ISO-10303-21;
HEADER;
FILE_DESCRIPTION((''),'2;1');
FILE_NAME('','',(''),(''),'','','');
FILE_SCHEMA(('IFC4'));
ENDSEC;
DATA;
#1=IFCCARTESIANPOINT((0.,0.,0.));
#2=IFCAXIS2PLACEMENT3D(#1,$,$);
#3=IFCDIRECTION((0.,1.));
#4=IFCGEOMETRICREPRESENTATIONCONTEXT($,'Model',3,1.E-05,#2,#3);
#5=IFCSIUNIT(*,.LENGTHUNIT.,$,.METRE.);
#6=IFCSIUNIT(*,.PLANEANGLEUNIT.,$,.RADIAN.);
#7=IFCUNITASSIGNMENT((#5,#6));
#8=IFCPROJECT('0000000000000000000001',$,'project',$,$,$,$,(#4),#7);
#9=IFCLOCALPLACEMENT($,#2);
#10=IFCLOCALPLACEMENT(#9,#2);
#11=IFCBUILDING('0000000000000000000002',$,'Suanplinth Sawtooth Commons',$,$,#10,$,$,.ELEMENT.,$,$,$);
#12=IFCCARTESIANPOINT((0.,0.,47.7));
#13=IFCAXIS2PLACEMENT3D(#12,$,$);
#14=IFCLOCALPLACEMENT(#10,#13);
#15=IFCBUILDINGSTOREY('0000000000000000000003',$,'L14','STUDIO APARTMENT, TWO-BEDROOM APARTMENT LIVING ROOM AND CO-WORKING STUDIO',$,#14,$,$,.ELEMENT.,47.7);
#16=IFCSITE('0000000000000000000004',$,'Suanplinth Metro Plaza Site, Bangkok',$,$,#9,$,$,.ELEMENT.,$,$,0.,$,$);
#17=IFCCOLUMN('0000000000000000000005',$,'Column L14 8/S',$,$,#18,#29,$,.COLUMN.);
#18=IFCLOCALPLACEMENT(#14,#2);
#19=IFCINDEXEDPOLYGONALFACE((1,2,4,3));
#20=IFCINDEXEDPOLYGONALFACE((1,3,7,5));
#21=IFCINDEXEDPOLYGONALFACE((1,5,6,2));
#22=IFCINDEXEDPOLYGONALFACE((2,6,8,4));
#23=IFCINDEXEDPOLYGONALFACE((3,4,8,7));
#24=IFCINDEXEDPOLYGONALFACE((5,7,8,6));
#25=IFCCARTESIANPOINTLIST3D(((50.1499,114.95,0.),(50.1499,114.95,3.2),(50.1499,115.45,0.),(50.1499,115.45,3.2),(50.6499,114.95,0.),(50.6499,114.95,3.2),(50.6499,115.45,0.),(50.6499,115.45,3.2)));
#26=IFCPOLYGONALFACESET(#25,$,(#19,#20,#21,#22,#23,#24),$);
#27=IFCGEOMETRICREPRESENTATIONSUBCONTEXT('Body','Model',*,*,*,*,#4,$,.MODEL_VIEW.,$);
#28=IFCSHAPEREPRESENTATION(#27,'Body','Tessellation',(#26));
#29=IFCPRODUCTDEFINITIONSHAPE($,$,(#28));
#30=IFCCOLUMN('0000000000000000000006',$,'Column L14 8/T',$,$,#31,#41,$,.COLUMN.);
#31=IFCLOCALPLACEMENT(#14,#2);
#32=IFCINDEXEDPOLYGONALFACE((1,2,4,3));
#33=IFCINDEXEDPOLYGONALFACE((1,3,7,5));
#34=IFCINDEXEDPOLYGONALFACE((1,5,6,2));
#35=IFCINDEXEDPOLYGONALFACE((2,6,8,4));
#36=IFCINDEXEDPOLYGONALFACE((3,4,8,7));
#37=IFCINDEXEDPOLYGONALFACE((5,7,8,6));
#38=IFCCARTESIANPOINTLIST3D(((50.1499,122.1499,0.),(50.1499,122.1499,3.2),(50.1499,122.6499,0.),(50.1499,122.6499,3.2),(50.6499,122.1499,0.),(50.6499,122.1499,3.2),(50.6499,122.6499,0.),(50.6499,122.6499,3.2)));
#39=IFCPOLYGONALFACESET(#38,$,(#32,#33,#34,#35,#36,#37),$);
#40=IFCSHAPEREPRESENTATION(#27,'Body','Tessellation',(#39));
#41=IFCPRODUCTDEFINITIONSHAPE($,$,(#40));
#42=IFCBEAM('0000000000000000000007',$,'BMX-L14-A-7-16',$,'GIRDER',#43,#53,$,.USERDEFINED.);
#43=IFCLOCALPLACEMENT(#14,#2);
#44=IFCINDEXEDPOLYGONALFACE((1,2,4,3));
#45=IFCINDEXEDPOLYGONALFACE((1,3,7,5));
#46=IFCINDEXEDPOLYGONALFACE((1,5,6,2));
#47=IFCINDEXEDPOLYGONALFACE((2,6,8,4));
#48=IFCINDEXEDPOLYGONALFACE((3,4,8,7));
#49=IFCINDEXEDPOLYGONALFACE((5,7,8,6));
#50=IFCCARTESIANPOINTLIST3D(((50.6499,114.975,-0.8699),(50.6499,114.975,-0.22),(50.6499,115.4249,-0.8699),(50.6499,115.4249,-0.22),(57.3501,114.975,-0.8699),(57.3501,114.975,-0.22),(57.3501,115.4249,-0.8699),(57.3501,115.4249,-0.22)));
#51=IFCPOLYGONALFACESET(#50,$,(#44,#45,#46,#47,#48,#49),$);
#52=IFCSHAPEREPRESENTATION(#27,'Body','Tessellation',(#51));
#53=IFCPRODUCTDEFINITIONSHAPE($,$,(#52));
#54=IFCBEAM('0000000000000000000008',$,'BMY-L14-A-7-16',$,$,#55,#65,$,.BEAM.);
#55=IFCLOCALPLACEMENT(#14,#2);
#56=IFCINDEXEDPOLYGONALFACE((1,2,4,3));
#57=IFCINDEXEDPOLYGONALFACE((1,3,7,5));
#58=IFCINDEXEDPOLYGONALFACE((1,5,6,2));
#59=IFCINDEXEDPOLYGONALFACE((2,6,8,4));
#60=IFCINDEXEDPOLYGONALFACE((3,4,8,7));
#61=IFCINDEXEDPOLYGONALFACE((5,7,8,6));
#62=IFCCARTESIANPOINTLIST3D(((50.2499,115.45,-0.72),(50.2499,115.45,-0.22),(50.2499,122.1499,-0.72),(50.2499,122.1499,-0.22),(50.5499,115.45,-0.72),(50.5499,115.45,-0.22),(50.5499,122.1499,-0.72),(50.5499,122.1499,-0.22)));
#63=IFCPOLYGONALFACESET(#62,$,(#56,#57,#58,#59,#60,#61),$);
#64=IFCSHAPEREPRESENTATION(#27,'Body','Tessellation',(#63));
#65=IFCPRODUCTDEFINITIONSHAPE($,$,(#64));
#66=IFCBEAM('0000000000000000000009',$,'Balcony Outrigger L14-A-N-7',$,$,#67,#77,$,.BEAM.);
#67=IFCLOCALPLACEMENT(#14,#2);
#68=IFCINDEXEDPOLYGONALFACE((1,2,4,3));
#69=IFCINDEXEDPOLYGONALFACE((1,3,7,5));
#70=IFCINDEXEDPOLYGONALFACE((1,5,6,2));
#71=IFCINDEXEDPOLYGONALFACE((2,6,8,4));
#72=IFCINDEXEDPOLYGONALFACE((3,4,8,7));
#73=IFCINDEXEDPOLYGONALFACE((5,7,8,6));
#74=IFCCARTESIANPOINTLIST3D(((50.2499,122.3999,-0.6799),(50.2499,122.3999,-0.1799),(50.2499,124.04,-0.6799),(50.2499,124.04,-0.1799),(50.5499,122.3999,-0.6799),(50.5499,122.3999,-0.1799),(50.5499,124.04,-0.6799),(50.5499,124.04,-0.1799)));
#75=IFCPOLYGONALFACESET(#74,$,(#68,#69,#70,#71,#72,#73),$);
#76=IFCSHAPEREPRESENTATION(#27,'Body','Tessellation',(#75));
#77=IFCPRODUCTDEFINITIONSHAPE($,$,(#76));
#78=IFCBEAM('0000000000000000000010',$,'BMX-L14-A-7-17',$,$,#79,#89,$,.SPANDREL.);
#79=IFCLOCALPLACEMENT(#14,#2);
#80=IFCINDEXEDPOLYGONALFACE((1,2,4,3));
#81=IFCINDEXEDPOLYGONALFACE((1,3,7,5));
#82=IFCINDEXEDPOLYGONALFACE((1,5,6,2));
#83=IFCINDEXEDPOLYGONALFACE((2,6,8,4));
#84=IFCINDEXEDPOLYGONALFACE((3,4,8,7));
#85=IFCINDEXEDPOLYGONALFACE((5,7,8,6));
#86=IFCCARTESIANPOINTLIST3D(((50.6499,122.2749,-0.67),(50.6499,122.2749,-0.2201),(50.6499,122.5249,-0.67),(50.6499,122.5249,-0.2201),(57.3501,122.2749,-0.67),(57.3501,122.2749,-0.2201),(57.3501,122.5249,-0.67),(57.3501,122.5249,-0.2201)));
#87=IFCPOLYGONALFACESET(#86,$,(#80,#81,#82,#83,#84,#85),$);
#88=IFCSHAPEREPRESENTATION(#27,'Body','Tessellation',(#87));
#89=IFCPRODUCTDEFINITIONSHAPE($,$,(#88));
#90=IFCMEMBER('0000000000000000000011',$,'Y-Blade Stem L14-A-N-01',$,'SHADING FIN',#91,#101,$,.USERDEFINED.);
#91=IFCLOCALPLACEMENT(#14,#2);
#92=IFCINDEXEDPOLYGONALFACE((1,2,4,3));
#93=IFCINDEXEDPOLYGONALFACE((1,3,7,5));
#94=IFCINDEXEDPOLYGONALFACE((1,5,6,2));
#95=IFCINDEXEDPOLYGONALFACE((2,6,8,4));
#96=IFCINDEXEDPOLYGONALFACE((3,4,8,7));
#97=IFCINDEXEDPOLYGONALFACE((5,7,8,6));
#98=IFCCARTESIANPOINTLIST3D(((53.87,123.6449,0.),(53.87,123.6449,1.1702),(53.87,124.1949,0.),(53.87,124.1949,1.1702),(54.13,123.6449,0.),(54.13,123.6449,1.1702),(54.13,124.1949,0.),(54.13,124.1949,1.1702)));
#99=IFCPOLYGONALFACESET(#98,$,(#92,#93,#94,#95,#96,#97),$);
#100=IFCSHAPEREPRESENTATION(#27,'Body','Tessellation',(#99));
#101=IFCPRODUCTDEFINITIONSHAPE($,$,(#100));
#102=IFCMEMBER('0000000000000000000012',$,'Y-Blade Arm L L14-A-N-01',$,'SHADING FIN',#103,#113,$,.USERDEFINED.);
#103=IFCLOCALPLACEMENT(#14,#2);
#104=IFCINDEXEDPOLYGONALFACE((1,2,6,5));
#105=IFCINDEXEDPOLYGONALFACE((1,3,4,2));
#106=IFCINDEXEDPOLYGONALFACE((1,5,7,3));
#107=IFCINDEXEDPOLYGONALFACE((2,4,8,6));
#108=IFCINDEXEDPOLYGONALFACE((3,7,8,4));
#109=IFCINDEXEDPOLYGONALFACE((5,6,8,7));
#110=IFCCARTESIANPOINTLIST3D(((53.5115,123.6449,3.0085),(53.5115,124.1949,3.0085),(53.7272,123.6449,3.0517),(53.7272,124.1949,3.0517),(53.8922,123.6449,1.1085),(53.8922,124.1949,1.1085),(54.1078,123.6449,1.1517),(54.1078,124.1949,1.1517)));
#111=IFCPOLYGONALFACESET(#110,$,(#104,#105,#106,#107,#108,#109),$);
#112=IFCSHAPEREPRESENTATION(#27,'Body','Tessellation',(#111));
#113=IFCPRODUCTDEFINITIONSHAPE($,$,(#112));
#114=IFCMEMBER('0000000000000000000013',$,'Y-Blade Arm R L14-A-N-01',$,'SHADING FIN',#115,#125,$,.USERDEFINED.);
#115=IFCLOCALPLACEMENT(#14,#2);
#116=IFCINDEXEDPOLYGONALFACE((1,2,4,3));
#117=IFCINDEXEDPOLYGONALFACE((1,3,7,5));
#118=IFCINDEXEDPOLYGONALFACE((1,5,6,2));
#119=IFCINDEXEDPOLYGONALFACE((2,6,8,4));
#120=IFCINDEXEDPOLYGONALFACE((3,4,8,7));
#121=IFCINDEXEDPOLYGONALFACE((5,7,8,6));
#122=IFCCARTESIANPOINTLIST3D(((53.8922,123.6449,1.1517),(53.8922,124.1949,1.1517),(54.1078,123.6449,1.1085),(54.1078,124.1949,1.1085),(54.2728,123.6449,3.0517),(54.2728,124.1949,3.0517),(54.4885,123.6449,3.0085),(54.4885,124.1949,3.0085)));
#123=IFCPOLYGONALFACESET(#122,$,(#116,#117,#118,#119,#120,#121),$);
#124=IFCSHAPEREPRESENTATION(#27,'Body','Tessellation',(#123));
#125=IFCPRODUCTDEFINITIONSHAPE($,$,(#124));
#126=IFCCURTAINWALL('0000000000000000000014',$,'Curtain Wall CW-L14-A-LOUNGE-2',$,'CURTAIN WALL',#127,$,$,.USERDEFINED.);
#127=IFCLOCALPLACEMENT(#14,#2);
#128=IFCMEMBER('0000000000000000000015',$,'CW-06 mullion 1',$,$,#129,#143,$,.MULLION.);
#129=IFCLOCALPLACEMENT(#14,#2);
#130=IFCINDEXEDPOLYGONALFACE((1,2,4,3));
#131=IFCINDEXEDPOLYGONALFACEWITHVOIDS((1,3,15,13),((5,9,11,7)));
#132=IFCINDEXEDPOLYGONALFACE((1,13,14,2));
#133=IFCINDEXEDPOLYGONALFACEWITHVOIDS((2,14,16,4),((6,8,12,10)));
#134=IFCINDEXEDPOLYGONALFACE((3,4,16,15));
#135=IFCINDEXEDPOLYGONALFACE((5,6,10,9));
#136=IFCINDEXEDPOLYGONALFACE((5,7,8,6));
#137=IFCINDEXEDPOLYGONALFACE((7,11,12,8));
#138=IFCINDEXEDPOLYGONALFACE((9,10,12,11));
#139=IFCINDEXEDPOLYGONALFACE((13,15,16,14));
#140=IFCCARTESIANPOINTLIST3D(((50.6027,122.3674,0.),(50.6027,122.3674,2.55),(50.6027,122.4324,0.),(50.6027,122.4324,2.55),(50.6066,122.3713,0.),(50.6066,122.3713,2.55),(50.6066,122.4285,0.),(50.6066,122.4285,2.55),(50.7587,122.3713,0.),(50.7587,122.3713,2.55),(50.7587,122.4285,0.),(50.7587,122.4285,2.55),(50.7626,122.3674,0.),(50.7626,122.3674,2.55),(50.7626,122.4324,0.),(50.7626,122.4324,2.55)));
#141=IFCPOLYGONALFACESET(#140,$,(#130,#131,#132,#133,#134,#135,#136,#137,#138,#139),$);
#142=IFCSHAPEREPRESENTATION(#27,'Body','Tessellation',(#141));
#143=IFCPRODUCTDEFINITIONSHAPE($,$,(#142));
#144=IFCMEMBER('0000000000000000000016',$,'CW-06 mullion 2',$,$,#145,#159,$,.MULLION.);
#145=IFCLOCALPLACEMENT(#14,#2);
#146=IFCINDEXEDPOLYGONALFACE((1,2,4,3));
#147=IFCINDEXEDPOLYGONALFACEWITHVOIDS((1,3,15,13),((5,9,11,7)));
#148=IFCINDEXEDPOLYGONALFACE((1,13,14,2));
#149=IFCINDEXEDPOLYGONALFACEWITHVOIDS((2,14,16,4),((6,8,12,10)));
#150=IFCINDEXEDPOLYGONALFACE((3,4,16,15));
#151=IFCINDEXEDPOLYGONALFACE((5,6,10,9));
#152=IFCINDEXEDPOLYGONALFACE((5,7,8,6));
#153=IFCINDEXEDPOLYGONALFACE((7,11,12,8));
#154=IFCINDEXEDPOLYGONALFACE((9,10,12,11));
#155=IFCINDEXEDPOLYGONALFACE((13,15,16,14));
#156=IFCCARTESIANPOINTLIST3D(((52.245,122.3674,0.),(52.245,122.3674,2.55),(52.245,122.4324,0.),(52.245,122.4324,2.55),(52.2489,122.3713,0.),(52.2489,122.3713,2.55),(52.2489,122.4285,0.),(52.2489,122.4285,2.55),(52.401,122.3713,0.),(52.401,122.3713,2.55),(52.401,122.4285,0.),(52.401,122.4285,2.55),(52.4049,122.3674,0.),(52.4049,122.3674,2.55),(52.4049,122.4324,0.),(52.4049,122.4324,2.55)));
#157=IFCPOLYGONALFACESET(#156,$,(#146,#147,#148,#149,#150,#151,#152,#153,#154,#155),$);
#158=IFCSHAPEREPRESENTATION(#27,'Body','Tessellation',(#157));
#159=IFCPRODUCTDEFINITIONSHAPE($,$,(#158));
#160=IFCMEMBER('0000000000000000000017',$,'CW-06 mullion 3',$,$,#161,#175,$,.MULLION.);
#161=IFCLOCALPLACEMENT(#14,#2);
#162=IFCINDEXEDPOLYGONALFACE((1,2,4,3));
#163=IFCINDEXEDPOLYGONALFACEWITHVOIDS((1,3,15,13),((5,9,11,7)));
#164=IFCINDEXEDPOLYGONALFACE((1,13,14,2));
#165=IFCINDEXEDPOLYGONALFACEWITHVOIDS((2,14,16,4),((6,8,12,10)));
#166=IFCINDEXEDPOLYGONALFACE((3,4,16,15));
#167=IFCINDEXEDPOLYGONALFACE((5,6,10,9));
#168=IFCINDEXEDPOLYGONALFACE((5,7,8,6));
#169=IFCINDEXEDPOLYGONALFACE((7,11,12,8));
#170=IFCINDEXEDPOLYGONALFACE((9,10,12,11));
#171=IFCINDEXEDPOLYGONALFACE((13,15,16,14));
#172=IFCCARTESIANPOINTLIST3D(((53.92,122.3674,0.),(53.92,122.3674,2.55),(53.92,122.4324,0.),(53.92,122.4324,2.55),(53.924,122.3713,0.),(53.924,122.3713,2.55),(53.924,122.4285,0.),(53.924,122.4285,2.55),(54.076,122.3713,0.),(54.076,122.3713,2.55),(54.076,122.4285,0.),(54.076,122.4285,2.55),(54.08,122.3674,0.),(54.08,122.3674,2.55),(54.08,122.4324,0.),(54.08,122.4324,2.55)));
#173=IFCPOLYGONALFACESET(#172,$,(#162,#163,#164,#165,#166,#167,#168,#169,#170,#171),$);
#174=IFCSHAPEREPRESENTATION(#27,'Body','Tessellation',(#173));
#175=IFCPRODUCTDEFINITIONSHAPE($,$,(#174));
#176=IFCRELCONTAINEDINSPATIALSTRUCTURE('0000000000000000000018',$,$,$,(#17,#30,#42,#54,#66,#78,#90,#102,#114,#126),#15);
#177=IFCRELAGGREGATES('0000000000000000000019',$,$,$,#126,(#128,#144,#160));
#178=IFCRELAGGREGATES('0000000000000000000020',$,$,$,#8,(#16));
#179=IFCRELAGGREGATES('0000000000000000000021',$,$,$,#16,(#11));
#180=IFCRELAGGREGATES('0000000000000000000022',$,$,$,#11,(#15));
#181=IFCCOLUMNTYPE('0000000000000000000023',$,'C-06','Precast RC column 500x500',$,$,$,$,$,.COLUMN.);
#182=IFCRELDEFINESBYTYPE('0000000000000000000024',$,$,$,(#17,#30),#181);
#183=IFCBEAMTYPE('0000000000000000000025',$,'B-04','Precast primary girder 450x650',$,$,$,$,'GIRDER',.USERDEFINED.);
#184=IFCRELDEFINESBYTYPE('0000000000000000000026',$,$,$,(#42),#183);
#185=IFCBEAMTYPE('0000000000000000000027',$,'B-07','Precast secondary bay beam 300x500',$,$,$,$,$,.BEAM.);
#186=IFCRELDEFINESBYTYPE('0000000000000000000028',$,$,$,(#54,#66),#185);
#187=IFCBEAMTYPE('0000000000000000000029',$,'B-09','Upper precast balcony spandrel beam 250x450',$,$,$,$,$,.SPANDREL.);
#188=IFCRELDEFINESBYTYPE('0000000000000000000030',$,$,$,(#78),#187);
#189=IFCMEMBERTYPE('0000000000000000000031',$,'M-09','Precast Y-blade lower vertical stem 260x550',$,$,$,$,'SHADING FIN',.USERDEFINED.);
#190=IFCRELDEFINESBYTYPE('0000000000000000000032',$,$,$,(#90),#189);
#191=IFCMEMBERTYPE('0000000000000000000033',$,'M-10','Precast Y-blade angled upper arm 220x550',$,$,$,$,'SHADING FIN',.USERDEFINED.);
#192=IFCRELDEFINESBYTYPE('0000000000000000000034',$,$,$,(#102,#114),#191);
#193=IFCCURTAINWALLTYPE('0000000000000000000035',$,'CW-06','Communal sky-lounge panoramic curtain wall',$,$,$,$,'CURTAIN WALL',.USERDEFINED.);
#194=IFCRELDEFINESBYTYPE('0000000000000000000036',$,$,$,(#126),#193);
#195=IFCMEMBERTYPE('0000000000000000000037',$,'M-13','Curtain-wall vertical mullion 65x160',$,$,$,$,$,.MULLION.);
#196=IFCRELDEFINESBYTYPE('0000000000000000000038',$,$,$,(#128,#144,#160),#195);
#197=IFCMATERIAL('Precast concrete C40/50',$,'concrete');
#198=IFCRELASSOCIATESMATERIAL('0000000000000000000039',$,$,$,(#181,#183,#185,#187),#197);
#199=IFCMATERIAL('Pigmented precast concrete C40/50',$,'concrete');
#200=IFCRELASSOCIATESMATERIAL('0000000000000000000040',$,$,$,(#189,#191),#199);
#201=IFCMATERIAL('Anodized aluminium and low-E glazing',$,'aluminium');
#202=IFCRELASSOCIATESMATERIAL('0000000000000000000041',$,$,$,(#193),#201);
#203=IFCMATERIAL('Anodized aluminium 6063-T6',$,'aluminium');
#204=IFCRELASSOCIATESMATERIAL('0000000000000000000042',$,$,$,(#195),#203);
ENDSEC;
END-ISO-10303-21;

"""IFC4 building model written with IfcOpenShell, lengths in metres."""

from ifc_helpers import new_model, si_unit, direction, frame, origin, origin_2d, place, context, subcontext, project, spatial, rectangle, hollow_rectangle, extrude, material, material_profile, profile_set, type_object, element, aggregate, save


model = new_model("IFC4")

# Units and contexts
model_context = context("Model", 3, precision=1e-05, world=origin(), true_north=direction((0.0, 1.0)))
body_context = subcontext(model_context, "Body", "Model", "MODEL_VIEW")
ifc_project = project(units=[si_unit("LENGTHUNIT", "METRE"), si_unit("PLANEANGLEUNIT", "RADIAN")], contexts=[model_context])

# Site, building, storey
site_placement = place(None, origin())
site = spatial("IfcSite", under=ifc_project, at=site_placement, Name="Suanplinth Metro Plaza Site, Bangkok", CompositionType="ELEMENT", RefElevation=0.0)
building_placement = place(site_placement, origin())
building = spatial("IfcBuilding", under=site, at=building_placement, Name="Suanplinth Sawtooth Commons", CompositionType="ELEMENT")
storey_placement = place(building_placement, frame((0.0, 0.0, 47.7)))
storey = spatial("IfcBuildingStorey", under=building, at=storey_placement, Name="L14", Description="STUDIO APARTMENT, TWO-BEDROOM APARTMENT LIVING ROOM AND CO-WORKING STUDIO", CompositionType="ELEMENT", Elevation=47.7)

# Columns
ifc_material_1 = material(Name="Precast concrete C40/50", Category="concrete")
ifc_material_profile_1 = material_profile(ifc_material_1, rectangle(XDim=0.5, YDim=0.5, at=origin_2d()), Name="PC-COL 500x500")
ifc_profile_set_1 = profile_set([ifc_material_profile_1], Name="Precast concrete C40/50")
column_type = type_object("IfcColumnType", Name="C-06", Description="Precast RC column 500x500", PredefinedType="COLUMN", material=ifc_profile_set_1)
for number, where, z_axis, x_axis, name in (
    (1, (50.3999, 115.2, 0.0), (0.0, 0.0, 1.0), (1.0, 0.0, 0.0), "Column L14 8/S"),
    (2, (50.3999, 122.3999, 0.0), (0.0, 0.0, 1.0), (1.0, 0.0, 0.0), "Column L14 8/T"),
):
    element("IfcColumn", number, at=place(storey_placement, frame(where, z_axis=z_axis, x_axis=x_axis)), inside=storey, type_object=column_type, Name=name, PredefinedType="COLUMN", context=body_context, shape_type="SweptSolid", body=[
        extrude(rectangle(XDim=0.5, YDim=0.5, at=origin_2d()), origin(), (0.0, 0.0, 1.0), 3.2),
    ])

# Beams
ifc_material_profile_2 = material_profile(ifc_material_1, rectangle(XDim=0.45, YDim=0.6499, at=origin_2d()), Name="PC-GDR 450x650")
ifc_profile_set_2 = profile_set([ifc_material_profile_2], Name="Precast concrete C40/50")
beam_type_1 = type_object("IfcBeamType", Name="B-04", Description="Precast primary girder 450x650", ElementType="GIRDER", PredefinedType="USERDEFINED", material=ifc_profile_set_2)
beam_1_placement = place(storey_placement, frame((50.6499, 115.2, -0.5449), z_axis=(1.0, 0.0, 0.0), x_axis=(0.0, 1.0, 0.0)))
element("IfcBeam", 3, at=beam_1_placement, inside=storey, type_object=beam_type_1, Name="BMX-L14-A-7-16", ObjectType="GIRDER", PredefinedType="USERDEFINED", context=body_context, shape_type="SweptSolid", body=[
    extrude(rectangle(XDim=0.45, YDim=0.6499, at=origin_2d()), origin(), (0.0, 0.0, 1.0), 6.7002),
])
ifc_material_profile_3 = material_profile(ifc_material_1, rectangle(XDim=0.3, YDim=0.5, at=origin_2d()), Name="PC-BM 300x500")
ifc_profile_set_3 = profile_set([ifc_material_profile_3], Name="Precast concrete C40/50")
beam_type_2 = type_object("IfcBeamType", Name="B-07", Description="Precast secondary bay beam 300x500", PredefinedType="BEAM", material=ifc_profile_set_3)
beam_2_placement = place(storey_placement, frame((50.3999, 115.45, -0.47), z_axis=(0.0, 1.0, 0.0), x_axis=(-1.0, 0.0, 0.0)))
element("IfcBeam", 4, at=beam_2_placement, inside=storey, type_object=beam_type_2, Name="BMY-L14-A-7-16", PredefinedType="BEAM", context=body_context, shape_type="SweptSolid", body=[
    extrude(rectangle(XDim=0.3, YDim=0.5, at=origin_2d()), origin(), (0.0, 0.0, 1.0), 6.7),
])
beam_3_placement = place(storey_placement, frame((50.3999, 122.3999, -0.4299), z_axis=(0.0, 1.0, 0.0), x_axis=(-1.0, 0.0, 0.0)))
element("IfcBeam", 5, at=beam_3_placement, inside=storey, type_object=beam_type_2, Name="Balcony Outrigger L14-A-N-7", PredefinedType="BEAM", context=body_context, shape_type="SweptSolid", body=[
    extrude(rectangle(XDim=0.3, YDim=0.5, at=origin_2d()), origin(), (0.0, 0.0, 1.0), 1.6401),
])
ifc_material_profile_4 = material_profile(ifc_material_1, rectangle(XDim=0.25, YDim=0.45, at=origin_2d()), Name="PC-SP 250x450")
ifc_profile_set_4 = profile_set([ifc_material_profile_4], Name="Precast concrete C40/50")
beam_type_3 = type_object("IfcBeamType", Name="B-09", Description="Upper precast balcony spandrel beam 250x450", PredefinedType="SPANDREL", material=ifc_profile_set_4)
beam_4_placement = place(storey_placement, frame((50.6499, 122.3999, -0.4451), z_axis=(1.0, 0.0, 0.0), x_axis=(0.0, 1.0, 0.0)))
element("IfcBeam", 6, at=beam_4_placement, inside=storey, type_object=beam_type_3, Name="BMX-L14-A-7-17", PredefinedType="SPANDREL", context=body_context, shape_type="SweptSolid", body=[
    extrude(rectangle(XDim=0.25, YDim=0.45, at=origin_2d()), origin(), (0.0, 0.0, 1.0), 6.7002),
])

# Members
ifc_material_2 = material(Name="Pigmented precast concrete C40/50", Category="concrete")
ifc_material_profile_5 = material_profile(ifc_material_2, rectangle(XDim=0.26, YDim=0.55, at=origin_2d()), Name="PC-FIN 260x550")
ifc_profile_set_5 = profile_set([ifc_material_profile_5], Name="Pigmented precast concrete C40/50")
member_type_1 = type_object("IfcMemberType", Name="M-09", Description="Precast Y-blade lower vertical stem 260x550", ElementType="SHADING FIN", PredefinedType="USERDEFINED", material=ifc_profile_set_5)
member_1_placement = place(storey_placement, frame((54.0, 123.9199, 0.0), z_axis=(0.0, 0.0, 1.0), x_axis=(1.0, 0.0, 0.0)))
element("IfcMember", 7, at=member_1_placement, inside=storey, type_object=member_type_1, Name="Y-Blade Stem L14-A-N-01", ObjectType="SHADING FIN", PredefinedType="USERDEFINED", context=body_context, shape_type="SweptSolid", body=[
    extrude(rectangle(XDim=0.26, YDim=0.55, at=origin_2d()), origin(), (0.0, 0.0, 1.0), 1.1702),
])
ifc_material_profile_6 = material_profile(ifc_material_2, rectangle(XDim=0.22, YDim=0.55, at=origin_2d()), Name="PC-FIN 220x550")
ifc_profile_set_6 = profile_set([ifc_material_profile_6], Name="Pigmented precast concrete C40/50")
member_type_2 = type_object("IfcMemberType", Name="M-10", Description="Precast Y-blade angled upper arm 220x550", ElementType="SHADING FIN", PredefinedType="USERDEFINED", material=ifc_profile_set_6)
for number, where, z_axis, x_axis, name in (
    (8, (54.0, 123.9199, 1.1301), (-0.196431, 0.0, 0.980518), (0.980518, 0.0, 0.196431), "Y-Blade Arm L L14-A-N-01"),
    (9, (54.0, 123.9199, 1.1301), (0.196431, 0.0, 0.980518), (-0.980518, 0.0, 0.196431), "Y-Blade Arm R L14-A-N-01"),
):
    element("IfcMember", number, at=place(storey_placement, frame(where, z_axis=z_axis, x_axis=x_axis)), inside=storey, type_object=member_type_2, Name=name, ObjectType="SHADING FIN", PredefinedType="USERDEFINED", context=body_context, shape_type="SweptSolid", body=[
        extrude(rectangle(XDim=0.22, YDim=0.55, at=origin_2d()), origin(), (0.0, 0.0, 1.0), 1.9377),
    ])

# Curtain wall, members
ifc_material_3 = material(Name="Anodized aluminium and low-E glazing", Category="aluminium")
curtain_wall_type = type_object("IfcCurtainWallType", Name="CW-06", Description="Communal sky-lounge panoramic curtain wall", ElementType="CURTAIN WALL", PredefinedType="USERDEFINED", material=ifc_material_3)
curtain_wall_placement = place(storey_placement, origin())
curtain_wall = element("IfcCurtainWall", 10, at=curtain_wall_placement, inside=storey, type_object=curtain_wall_type, Name="Curtain Wall CW-L14-A-LOUNGE-2", ObjectType="CURTAIN WALL", PredefinedType="USERDEFINED")
ifc_material_4 = material(Name="Anodized aluminium 6063-T6", Category="aluminium")
ifc_material_profile_7 = material_profile(ifc_material_4, hollow_rectangle(XDim=0.0649, YDim=0.1599, WallThickness=0.0039, at=origin_2d()), Name="ALU-MUL 65x160")
ifc_profile_set_7 = profile_set([ifc_material_profile_7], Name="Anodized aluminium 6063-T6")
member_type_3 = type_object("IfcMemberType", Name="M-13", Description="Curtain-wall vertical mullion 65x160", PredefinedType="MULLION", material=ifc_profile_set_7)
member_2_placement = place(storey_placement, frame((50.6826, 122.3999, 0.0), z_axis=(0.0, 0.0, 1.0), x_axis=(0.0, 1.0, 0.0)))
member_2 = element("IfcMember", 11, at=member_2_placement, type_object=member_type_3, Name="CW-06 mullion 1", PredefinedType="MULLION", context=body_context, shape_type="SweptSolid", body=[
    extrude(hollow_rectangle(XDim=0.0649, YDim=0.1599, WallThickness=0.0039, at=origin_2d()), origin(), (0.0, 0.0, 1.0), 2.55),
])
member_3_placement = place(storey_placement, frame((52.325, 122.3999, 0.0), z_axis=(0.0, 0.0, 1.0), x_axis=(0.0, 1.0, 0.0)))
member_3 = element("IfcMember", 12, at=member_3_placement, type_object=member_type_3, Name="CW-06 mullion 2", PredefinedType="MULLION", context=body_context, shape_type="SweptSolid", body=[
    extrude(hollow_rectangle(XDim=0.0649, YDim=0.1599, WallThickness=0.0039, at=origin_2d()), origin(), (0.0, 0.0, 1.0), 2.55),
])
member_4_placement = place(storey_placement, frame((54.0, 122.3999, 0.0), z_axis=(0.0, 0.0, 1.0), x_axis=(0.0, 1.0, 0.0)))
member_4 = element("IfcMember", 13, at=member_4_placement, type_object=member_type_3, Name="CW-06 mullion 3", PredefinedType="MULLION", context=body_context, shape_type="SweptSolid", body=[
    extrude(hollow_rectangle(XDim=0.0649, YDim=0.1599, WallThickness=0.0039, at=origin_2d()), origin(), (0.0, 0.0, 1.0), 2.55),
])

aggregate(curtain_wall, [member_2, member_3, member_4])

save(model, "model.ifc")
